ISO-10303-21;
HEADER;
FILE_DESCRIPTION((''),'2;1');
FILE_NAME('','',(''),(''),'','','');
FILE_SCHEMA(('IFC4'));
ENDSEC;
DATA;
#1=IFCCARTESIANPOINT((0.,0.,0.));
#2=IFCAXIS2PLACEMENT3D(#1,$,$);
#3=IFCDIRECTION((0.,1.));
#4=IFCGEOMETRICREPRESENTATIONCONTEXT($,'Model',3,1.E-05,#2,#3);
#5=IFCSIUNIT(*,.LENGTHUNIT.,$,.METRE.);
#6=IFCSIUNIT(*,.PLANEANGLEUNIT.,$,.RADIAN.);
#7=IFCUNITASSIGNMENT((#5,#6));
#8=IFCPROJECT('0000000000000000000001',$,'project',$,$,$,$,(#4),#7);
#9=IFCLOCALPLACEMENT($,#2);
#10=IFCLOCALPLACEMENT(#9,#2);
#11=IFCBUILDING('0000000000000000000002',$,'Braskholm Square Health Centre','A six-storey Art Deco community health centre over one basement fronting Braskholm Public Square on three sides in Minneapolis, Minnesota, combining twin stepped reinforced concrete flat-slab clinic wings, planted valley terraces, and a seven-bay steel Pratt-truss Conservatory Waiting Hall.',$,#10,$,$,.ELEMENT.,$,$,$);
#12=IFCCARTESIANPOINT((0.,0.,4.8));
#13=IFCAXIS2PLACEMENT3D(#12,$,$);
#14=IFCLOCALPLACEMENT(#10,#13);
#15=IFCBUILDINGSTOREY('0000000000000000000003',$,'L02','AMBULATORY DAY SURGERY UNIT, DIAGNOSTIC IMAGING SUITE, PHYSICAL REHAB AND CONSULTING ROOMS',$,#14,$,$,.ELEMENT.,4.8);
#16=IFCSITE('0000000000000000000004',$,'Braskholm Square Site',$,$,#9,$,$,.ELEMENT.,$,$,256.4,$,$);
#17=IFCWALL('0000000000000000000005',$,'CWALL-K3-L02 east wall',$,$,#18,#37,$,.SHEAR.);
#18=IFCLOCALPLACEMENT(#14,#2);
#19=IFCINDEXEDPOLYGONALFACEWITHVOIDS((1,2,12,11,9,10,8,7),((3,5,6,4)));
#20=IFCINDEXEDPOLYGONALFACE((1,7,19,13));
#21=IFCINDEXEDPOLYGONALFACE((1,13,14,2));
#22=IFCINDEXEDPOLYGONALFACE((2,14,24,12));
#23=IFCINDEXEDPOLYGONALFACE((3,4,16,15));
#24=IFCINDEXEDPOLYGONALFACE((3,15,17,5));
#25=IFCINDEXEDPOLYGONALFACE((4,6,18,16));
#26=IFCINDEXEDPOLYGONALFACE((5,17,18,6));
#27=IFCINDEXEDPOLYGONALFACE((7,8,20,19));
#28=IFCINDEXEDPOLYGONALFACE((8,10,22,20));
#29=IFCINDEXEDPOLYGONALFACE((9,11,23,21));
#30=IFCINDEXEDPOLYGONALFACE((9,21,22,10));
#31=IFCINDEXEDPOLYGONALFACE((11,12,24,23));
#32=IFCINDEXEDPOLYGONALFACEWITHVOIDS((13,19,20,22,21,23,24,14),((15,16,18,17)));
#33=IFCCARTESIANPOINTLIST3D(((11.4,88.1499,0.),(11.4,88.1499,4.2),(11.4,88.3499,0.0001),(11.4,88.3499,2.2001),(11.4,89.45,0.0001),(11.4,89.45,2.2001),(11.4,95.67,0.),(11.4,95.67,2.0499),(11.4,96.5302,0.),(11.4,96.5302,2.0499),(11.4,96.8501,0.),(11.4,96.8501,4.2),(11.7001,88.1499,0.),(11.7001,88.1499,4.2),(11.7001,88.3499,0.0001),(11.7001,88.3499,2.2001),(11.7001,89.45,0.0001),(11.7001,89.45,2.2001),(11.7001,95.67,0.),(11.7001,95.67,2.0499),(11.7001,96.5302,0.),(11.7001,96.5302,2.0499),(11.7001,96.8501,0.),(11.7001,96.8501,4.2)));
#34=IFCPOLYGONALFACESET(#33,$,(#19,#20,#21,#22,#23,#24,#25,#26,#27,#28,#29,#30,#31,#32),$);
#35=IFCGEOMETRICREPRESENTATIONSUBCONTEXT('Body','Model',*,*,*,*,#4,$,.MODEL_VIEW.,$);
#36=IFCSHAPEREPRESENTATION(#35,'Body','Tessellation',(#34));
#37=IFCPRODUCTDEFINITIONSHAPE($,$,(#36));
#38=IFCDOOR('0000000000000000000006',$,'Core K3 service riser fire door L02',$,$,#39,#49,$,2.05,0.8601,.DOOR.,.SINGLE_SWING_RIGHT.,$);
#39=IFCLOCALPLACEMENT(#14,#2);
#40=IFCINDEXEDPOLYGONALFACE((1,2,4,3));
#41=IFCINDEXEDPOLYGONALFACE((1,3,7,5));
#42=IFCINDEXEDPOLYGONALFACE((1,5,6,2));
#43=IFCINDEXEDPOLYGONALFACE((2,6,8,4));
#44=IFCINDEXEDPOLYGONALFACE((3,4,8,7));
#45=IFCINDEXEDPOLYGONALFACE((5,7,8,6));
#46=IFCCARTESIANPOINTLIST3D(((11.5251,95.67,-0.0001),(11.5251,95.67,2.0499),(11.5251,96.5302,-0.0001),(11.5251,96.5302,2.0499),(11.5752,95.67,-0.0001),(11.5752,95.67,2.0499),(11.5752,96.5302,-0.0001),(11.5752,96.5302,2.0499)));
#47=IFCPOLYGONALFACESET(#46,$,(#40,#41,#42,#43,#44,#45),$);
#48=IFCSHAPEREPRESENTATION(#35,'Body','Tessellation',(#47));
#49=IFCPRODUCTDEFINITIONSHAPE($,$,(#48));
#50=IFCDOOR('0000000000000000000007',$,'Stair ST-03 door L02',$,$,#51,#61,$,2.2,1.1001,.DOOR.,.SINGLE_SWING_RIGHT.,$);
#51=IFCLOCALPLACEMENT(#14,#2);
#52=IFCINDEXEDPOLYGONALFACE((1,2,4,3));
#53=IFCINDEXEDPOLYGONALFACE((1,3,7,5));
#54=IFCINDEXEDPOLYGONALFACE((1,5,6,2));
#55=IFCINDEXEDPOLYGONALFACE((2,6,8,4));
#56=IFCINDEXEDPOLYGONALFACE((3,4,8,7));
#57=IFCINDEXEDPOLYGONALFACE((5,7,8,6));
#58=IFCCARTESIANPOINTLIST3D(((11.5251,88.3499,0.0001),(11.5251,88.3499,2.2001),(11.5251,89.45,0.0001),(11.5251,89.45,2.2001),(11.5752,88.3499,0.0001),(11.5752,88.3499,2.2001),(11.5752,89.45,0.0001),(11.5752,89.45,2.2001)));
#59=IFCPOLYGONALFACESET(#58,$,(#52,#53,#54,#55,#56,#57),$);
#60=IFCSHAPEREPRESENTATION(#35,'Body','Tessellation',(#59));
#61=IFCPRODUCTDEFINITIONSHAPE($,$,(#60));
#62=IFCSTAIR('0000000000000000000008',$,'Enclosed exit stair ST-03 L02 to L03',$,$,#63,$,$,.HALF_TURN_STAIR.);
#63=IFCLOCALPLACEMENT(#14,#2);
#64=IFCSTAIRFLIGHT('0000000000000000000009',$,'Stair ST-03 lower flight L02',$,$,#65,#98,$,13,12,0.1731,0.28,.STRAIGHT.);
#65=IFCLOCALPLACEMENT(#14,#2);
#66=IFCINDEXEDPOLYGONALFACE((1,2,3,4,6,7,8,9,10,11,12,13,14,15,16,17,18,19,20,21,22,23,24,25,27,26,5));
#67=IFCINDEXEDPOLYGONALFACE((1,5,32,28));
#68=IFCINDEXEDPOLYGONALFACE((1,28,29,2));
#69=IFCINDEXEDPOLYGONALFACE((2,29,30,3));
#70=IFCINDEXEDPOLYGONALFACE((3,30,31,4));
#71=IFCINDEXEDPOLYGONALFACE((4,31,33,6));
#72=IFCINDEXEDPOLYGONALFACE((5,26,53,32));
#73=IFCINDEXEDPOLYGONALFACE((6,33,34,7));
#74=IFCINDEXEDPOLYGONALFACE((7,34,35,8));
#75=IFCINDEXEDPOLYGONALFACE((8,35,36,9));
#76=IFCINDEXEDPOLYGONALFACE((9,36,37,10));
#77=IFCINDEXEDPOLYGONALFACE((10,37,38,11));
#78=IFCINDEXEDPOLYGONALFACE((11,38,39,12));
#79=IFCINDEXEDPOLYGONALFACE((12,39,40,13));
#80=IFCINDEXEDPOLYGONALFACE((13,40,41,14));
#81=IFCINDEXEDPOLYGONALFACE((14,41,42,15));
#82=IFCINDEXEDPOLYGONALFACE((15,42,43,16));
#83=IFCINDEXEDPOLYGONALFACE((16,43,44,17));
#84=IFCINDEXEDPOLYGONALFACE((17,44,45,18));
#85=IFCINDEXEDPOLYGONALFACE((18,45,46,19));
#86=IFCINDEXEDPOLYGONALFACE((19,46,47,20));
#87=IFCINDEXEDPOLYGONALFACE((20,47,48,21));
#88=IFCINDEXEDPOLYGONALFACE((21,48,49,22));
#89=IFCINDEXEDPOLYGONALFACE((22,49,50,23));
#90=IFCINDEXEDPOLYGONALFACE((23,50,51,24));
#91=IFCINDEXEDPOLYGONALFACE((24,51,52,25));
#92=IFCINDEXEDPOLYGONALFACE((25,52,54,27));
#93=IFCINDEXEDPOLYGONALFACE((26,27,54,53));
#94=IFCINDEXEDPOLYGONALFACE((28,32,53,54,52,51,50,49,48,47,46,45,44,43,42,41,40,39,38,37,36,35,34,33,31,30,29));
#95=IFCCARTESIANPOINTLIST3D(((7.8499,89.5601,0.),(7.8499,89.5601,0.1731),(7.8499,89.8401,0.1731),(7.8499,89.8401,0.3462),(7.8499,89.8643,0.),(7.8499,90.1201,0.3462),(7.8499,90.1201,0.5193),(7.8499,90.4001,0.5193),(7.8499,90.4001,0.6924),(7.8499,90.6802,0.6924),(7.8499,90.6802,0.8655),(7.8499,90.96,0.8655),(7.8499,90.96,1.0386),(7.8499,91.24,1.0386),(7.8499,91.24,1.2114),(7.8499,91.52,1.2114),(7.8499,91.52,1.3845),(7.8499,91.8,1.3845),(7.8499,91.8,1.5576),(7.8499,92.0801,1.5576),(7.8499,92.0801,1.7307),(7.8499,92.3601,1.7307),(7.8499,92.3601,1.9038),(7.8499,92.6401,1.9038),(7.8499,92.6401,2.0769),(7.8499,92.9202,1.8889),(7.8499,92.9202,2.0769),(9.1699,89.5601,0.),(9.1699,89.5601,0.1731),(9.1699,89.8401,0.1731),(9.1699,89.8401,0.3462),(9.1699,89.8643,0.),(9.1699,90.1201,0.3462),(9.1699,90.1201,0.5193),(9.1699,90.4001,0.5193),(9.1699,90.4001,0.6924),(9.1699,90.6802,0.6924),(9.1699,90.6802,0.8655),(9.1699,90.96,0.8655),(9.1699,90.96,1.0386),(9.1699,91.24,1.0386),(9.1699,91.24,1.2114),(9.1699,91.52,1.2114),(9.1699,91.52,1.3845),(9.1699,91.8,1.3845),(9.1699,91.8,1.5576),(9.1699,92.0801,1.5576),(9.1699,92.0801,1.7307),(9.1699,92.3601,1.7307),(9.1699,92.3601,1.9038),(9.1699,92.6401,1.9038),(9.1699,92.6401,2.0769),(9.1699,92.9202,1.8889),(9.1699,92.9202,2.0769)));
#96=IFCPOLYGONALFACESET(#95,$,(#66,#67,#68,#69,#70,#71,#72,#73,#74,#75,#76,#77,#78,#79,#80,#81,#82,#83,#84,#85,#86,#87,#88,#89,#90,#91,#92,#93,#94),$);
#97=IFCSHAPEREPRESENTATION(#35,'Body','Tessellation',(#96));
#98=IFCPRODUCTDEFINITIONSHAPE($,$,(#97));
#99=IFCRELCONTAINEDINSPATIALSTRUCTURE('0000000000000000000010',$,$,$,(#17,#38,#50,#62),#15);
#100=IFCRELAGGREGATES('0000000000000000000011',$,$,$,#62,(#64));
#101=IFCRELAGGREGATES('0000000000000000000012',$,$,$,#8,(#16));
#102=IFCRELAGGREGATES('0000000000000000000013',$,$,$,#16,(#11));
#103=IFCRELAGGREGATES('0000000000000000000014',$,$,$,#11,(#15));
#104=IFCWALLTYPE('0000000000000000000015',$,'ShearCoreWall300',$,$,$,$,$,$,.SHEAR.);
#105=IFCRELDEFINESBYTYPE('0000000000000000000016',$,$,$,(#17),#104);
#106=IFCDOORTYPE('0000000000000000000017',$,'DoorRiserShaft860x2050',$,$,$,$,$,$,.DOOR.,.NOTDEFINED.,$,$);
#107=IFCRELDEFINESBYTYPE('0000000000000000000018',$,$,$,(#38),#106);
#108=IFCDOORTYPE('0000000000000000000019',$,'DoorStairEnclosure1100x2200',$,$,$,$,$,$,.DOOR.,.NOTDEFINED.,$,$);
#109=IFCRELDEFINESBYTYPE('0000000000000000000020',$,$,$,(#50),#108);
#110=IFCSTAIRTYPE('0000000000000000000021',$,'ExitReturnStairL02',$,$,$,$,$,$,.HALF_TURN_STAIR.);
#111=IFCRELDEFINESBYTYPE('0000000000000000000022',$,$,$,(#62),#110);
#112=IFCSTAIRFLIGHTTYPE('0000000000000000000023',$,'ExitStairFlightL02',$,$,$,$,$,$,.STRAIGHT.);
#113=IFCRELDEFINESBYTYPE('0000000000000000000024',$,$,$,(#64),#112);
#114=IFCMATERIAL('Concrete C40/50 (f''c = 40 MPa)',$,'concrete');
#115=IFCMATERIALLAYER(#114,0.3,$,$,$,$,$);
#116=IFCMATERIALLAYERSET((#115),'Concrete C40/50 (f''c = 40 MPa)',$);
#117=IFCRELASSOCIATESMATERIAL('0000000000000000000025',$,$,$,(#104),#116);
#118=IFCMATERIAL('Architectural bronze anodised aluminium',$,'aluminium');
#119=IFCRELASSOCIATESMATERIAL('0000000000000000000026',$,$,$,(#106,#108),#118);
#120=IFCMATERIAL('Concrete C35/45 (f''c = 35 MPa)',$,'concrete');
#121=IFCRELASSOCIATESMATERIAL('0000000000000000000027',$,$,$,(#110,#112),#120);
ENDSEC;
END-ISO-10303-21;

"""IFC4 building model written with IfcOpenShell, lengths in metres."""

from ifc_helpers import new_model, si_unit, direction, frame, frame_2d, origin, origin_with_axes, place, context, subcontext, project, spatial, polyline, rectangle, outline, extrude, material, layer, layer_set, type_object, element, fill, aggregate, save


model = new_model("IFC4")

# Units and contexts
model_context = context("Model", 3, precision=1e-05, world=origin(), true_north=direction((0.0, 1.0)))
body_context = subcontext(model_context, "Body", "Model", "MODEL_VIEW")
ifc_project = project(units=[si_unit("LENGTHUNIT", "METRE"), si_unit("PLANEANGLEUNIT", "RADIAN")], contexts=[model_context])

# Site, building, storey
site_placement = place(None, origin())
site = spatial("IfcSite", under=ifc_project, at=site_placement, Name="Braskholm Square Site", CompositionType="ELEMENT", RefElevation=256.4)
building_placement = place(site_placement, origin())
building = spatial("IfcBuilding", under=site, at=building_placement, Name="Braskholm Square Health Centre", Description="A six-storey Art Deco community health centre over one basement fronting Braskholm Public Square on three sides in Minneapolis, Minnesota, combining twin stepped reinforced concrete flat-slab clinic wings, planted valley terraces, and a seven-bay steel Pratt-truss Conservatory Waiting Hall.", CompositionType="ELEMENT")
storey_placement = place(building_placement, frame((0.0, 0.0, 4.8)))
storey = spatial("IfcBuildingStorey", under=building, at=storey_placement, Name="L02", Description="AMBULATORY DAY SURGERY UNIT, DIAGNOSTIC IMAGING SUITE, PHYSICAL REHAB AND CONSULTING ROOMS", CompositionType="ELEMENT", Elevation=4.8)

# Shared definitions
ifc_material_1 = material(Name="Concrete C40/50 (f'c = 40 MPa)", Category="concrete")

# Shared definitions
ifc_material_2 = material(Name="Architectural bronze anodised aluminium", Category="aluminium")

# Shared definitions
ifc_layer_1 = layer(ifc_material_1, 0.3)
ifc_layer_set_1 = layer_set([ifc_layer_1], Name="Concrete C40/50 (f'c = 40 MPa)")
wall_type_1 = type_object("IfcWallType", Name="ShearCoreWall300", PredefinedType="SHEAR", material=ifc_layer_set_1)

# Wall, openings, doors
wall_1_placement = place(storey_placement, frame((11.55, 88.1499, 0.0), z_axis=(0.0, 0.0, 1.0), x_axis=(0.0, 1.0, 0.0)))
wall_1 = element("IfcWall", 1, at=wall_1_placement, inside=storey, type_object=wall_type_1, Name="CWALL-K3-L02 east wall", PredefinedType="SHEAR", context=body_context, shape_type="SweptSolid", body=[
    extrude(rectangle(XDim=8.7002, YDim=0.3, at=frame_2d((4.3501, 0.0))), origin(), (0.0, 0.0, 1.0), 4.2),
])
opening_1_placement = place(wall_1_placement, frame((0.2, 0.0, 0.0)))
opening_1 = element("IfcOpeningElement", 2, at=opening_1_placement, cuts=wall_1, PredefinedType="OPENING", context=body_context, shape_type="SweptSolid", body=[
    extrude(rectangle(XDim=1.1001, YDim=2.2, at=frame_2d((0.55, 1.1001))), frame((0.0, 0.1602, 0.0), z_axis=(0.0, -1.0, 0.0), x_axis=(1.0, 0.0, 0.0)), (0.0, 0.0, 1.0), 0.3201),
])
opening_2_placement = place(wall_1_placement, frame((7.52, 0.0, 0.0)))
opening_2 = element("IfcOpeningElement", 3, at=opening_2_placement, cuts=wall_1, PredefinedType="OPENING", context=body_context, shape_type="SweptSolid", body=[
    extrude(rectangle(XDim=0.8601, YDim=2.05, at=frame_2d((0.4302, 1.0249))), frame((0.0, 0.1602, 0.0), z_axis=(0.0, -1.0, 0.0), x_axis=(1.0, 0.0, 0.0)), (0.0, 0.0, 1.0), 0.3201),
])
door_type_1 = type_object("IfcDoorType", Name="DoorRiserShaft860x2050", OperationType="NOTDEFINED", PredefinedType="DOOR", material=ifc_material_2)
door_1_placement = place(opening_2_placement, origin_with_axes())
door_1 = element("IfcDoor", 4, at=door_1_placement, inside=storey, type_object=door_type_1, Name="Core K3 service riser fire door L02", OperationType="SINGLE_SWING_RIGHT", OverallHeight=2.05, OverallWidth=0.8601, PredefinedType="DOOR", context=body_context, shape_type="SweptSolid", body=[
    extrude(rectangle(XDim=0.8601, YDim=2.05, at=frame_2d((0.4302, 1.0249))), frame((0.0, 0.0249, 0.0), z_axis=(0.0, -1.0, 0.0), x_axis=(1.0, 0.0, 0.0)), (0.0, 0.0, 1.0), 0.05),
])
fill(opening_2, door_1)
door_type_2 = type_object("IfcDoorType", Name="DoorStairEnclosure1100x2200", OperationType="NOTDEFINED", PredefinedType="DOOR", material=ifc_material_2)
door_2_placement = place(opening_1_placement, origin_with_axes())
door_2 = element("IfcDoor", 5, at=door_2_placement, inside=storey, type_object=door_type_2, Name="Stair ST-03 door L02", OperationType="SINGLE_SWING_RIGHT", OverallHeight=2.2, OverallWidth=1.1001, PredefinedType="DOOR", context=body_context, shape_type="SweptSolid", body=[
    extrude(rectangle(XDim=1.1001, YDim=2.2, at=frame_2d((0.55, 1.1001))), frame((0.0, 0.0249, 0.0), z_axis=(0.0, -1.0, 0.0), x_axis=(1.0, 0.0, 0.0)), (0.0, 0.0, 1.0), 0.05),
])
fill(opening_1, door_2)

# Stair, stair flight
ifc_material_3 = material(Name="Concrete C35/45 (f'c = 35 MPa)", Category="concrete")
stair_type = type_object("IfcStairType", Name="ExitReturnStairL02", PredefinedType="HALF_TURN_STAIR", material=ifc_material_3)
stair_placement = place(storey_placement, origin())
stair = element("IfcStair", 6, at=stair_placement, inside=storey, type_object=stair_type, Name="Enclosed exit stair ST-03 L02 to L03", PredefinedType="HALF_TURN_STAIR")
stair_flight_type = type_object("IfcStairFlightType", Name="ExitStairFlightL02", PredefinedType="STRAIGHT", material=ifc_material_3)
stair_flight_placement = place(storey_placement, frame((8.51, 89.5601, 0.0), z_axis=(0.0, 0.0, 1.0), x_axis=(0.0, 1.0, 0.0)))
stair_flight = element("IfcStairFlight", 7, at=stair_flight_placement, type_object=stair_flight_type, Name="Stair ST-03 lower flight L02", NumberOfRisers=13, NumberOfTreads=12, PredefinedType="STRAIGHT", RiserHeight=0.1731, TreadLength=0.28, context=body_context, shape_type="SweptSolid", body=[
    extrude(outline(polyline([(0.0, 0.0), (0.0, 0.1731), (0.28, 0.1731), (0.28, 0.3462), (0.5601, 0.3462), (0.5601, 0.5193), (0.8401, 0.5193), (0.8401, 0.6924), (1.1201, 0.6924), (1.1201, 0.8655), (1.3999, 0.8655), (1.3999, 1.0386), (1.6799, 1.0386), (1.6799, 1.2114), (1.96, 1.2114), (1.96, 1.3845), (2.24, 1.3845), (2.24, 1.5576), (2.52, 1.5576), (2.52, 1.7307), (2.8, 1.7307), (2.8, 1.9038), (3.0801, 1.9038), (3.0801, 2.0769), (3.3601, 2.0769), (3.3601, 2.25), (3.3601, 1.8889), (0.3042, 0.0), (0.0, 0.0)])), frame((0.0, 0.6602, 0.0), z_axis=(0.0, -1.0, 0.0), x_axis=(1.0, 0.0, 0.0)), (0.0, 0.0, 1.0), 1.3201),
])
aggregate(stair, [stair_flight])

save(model, "model.ifc")
